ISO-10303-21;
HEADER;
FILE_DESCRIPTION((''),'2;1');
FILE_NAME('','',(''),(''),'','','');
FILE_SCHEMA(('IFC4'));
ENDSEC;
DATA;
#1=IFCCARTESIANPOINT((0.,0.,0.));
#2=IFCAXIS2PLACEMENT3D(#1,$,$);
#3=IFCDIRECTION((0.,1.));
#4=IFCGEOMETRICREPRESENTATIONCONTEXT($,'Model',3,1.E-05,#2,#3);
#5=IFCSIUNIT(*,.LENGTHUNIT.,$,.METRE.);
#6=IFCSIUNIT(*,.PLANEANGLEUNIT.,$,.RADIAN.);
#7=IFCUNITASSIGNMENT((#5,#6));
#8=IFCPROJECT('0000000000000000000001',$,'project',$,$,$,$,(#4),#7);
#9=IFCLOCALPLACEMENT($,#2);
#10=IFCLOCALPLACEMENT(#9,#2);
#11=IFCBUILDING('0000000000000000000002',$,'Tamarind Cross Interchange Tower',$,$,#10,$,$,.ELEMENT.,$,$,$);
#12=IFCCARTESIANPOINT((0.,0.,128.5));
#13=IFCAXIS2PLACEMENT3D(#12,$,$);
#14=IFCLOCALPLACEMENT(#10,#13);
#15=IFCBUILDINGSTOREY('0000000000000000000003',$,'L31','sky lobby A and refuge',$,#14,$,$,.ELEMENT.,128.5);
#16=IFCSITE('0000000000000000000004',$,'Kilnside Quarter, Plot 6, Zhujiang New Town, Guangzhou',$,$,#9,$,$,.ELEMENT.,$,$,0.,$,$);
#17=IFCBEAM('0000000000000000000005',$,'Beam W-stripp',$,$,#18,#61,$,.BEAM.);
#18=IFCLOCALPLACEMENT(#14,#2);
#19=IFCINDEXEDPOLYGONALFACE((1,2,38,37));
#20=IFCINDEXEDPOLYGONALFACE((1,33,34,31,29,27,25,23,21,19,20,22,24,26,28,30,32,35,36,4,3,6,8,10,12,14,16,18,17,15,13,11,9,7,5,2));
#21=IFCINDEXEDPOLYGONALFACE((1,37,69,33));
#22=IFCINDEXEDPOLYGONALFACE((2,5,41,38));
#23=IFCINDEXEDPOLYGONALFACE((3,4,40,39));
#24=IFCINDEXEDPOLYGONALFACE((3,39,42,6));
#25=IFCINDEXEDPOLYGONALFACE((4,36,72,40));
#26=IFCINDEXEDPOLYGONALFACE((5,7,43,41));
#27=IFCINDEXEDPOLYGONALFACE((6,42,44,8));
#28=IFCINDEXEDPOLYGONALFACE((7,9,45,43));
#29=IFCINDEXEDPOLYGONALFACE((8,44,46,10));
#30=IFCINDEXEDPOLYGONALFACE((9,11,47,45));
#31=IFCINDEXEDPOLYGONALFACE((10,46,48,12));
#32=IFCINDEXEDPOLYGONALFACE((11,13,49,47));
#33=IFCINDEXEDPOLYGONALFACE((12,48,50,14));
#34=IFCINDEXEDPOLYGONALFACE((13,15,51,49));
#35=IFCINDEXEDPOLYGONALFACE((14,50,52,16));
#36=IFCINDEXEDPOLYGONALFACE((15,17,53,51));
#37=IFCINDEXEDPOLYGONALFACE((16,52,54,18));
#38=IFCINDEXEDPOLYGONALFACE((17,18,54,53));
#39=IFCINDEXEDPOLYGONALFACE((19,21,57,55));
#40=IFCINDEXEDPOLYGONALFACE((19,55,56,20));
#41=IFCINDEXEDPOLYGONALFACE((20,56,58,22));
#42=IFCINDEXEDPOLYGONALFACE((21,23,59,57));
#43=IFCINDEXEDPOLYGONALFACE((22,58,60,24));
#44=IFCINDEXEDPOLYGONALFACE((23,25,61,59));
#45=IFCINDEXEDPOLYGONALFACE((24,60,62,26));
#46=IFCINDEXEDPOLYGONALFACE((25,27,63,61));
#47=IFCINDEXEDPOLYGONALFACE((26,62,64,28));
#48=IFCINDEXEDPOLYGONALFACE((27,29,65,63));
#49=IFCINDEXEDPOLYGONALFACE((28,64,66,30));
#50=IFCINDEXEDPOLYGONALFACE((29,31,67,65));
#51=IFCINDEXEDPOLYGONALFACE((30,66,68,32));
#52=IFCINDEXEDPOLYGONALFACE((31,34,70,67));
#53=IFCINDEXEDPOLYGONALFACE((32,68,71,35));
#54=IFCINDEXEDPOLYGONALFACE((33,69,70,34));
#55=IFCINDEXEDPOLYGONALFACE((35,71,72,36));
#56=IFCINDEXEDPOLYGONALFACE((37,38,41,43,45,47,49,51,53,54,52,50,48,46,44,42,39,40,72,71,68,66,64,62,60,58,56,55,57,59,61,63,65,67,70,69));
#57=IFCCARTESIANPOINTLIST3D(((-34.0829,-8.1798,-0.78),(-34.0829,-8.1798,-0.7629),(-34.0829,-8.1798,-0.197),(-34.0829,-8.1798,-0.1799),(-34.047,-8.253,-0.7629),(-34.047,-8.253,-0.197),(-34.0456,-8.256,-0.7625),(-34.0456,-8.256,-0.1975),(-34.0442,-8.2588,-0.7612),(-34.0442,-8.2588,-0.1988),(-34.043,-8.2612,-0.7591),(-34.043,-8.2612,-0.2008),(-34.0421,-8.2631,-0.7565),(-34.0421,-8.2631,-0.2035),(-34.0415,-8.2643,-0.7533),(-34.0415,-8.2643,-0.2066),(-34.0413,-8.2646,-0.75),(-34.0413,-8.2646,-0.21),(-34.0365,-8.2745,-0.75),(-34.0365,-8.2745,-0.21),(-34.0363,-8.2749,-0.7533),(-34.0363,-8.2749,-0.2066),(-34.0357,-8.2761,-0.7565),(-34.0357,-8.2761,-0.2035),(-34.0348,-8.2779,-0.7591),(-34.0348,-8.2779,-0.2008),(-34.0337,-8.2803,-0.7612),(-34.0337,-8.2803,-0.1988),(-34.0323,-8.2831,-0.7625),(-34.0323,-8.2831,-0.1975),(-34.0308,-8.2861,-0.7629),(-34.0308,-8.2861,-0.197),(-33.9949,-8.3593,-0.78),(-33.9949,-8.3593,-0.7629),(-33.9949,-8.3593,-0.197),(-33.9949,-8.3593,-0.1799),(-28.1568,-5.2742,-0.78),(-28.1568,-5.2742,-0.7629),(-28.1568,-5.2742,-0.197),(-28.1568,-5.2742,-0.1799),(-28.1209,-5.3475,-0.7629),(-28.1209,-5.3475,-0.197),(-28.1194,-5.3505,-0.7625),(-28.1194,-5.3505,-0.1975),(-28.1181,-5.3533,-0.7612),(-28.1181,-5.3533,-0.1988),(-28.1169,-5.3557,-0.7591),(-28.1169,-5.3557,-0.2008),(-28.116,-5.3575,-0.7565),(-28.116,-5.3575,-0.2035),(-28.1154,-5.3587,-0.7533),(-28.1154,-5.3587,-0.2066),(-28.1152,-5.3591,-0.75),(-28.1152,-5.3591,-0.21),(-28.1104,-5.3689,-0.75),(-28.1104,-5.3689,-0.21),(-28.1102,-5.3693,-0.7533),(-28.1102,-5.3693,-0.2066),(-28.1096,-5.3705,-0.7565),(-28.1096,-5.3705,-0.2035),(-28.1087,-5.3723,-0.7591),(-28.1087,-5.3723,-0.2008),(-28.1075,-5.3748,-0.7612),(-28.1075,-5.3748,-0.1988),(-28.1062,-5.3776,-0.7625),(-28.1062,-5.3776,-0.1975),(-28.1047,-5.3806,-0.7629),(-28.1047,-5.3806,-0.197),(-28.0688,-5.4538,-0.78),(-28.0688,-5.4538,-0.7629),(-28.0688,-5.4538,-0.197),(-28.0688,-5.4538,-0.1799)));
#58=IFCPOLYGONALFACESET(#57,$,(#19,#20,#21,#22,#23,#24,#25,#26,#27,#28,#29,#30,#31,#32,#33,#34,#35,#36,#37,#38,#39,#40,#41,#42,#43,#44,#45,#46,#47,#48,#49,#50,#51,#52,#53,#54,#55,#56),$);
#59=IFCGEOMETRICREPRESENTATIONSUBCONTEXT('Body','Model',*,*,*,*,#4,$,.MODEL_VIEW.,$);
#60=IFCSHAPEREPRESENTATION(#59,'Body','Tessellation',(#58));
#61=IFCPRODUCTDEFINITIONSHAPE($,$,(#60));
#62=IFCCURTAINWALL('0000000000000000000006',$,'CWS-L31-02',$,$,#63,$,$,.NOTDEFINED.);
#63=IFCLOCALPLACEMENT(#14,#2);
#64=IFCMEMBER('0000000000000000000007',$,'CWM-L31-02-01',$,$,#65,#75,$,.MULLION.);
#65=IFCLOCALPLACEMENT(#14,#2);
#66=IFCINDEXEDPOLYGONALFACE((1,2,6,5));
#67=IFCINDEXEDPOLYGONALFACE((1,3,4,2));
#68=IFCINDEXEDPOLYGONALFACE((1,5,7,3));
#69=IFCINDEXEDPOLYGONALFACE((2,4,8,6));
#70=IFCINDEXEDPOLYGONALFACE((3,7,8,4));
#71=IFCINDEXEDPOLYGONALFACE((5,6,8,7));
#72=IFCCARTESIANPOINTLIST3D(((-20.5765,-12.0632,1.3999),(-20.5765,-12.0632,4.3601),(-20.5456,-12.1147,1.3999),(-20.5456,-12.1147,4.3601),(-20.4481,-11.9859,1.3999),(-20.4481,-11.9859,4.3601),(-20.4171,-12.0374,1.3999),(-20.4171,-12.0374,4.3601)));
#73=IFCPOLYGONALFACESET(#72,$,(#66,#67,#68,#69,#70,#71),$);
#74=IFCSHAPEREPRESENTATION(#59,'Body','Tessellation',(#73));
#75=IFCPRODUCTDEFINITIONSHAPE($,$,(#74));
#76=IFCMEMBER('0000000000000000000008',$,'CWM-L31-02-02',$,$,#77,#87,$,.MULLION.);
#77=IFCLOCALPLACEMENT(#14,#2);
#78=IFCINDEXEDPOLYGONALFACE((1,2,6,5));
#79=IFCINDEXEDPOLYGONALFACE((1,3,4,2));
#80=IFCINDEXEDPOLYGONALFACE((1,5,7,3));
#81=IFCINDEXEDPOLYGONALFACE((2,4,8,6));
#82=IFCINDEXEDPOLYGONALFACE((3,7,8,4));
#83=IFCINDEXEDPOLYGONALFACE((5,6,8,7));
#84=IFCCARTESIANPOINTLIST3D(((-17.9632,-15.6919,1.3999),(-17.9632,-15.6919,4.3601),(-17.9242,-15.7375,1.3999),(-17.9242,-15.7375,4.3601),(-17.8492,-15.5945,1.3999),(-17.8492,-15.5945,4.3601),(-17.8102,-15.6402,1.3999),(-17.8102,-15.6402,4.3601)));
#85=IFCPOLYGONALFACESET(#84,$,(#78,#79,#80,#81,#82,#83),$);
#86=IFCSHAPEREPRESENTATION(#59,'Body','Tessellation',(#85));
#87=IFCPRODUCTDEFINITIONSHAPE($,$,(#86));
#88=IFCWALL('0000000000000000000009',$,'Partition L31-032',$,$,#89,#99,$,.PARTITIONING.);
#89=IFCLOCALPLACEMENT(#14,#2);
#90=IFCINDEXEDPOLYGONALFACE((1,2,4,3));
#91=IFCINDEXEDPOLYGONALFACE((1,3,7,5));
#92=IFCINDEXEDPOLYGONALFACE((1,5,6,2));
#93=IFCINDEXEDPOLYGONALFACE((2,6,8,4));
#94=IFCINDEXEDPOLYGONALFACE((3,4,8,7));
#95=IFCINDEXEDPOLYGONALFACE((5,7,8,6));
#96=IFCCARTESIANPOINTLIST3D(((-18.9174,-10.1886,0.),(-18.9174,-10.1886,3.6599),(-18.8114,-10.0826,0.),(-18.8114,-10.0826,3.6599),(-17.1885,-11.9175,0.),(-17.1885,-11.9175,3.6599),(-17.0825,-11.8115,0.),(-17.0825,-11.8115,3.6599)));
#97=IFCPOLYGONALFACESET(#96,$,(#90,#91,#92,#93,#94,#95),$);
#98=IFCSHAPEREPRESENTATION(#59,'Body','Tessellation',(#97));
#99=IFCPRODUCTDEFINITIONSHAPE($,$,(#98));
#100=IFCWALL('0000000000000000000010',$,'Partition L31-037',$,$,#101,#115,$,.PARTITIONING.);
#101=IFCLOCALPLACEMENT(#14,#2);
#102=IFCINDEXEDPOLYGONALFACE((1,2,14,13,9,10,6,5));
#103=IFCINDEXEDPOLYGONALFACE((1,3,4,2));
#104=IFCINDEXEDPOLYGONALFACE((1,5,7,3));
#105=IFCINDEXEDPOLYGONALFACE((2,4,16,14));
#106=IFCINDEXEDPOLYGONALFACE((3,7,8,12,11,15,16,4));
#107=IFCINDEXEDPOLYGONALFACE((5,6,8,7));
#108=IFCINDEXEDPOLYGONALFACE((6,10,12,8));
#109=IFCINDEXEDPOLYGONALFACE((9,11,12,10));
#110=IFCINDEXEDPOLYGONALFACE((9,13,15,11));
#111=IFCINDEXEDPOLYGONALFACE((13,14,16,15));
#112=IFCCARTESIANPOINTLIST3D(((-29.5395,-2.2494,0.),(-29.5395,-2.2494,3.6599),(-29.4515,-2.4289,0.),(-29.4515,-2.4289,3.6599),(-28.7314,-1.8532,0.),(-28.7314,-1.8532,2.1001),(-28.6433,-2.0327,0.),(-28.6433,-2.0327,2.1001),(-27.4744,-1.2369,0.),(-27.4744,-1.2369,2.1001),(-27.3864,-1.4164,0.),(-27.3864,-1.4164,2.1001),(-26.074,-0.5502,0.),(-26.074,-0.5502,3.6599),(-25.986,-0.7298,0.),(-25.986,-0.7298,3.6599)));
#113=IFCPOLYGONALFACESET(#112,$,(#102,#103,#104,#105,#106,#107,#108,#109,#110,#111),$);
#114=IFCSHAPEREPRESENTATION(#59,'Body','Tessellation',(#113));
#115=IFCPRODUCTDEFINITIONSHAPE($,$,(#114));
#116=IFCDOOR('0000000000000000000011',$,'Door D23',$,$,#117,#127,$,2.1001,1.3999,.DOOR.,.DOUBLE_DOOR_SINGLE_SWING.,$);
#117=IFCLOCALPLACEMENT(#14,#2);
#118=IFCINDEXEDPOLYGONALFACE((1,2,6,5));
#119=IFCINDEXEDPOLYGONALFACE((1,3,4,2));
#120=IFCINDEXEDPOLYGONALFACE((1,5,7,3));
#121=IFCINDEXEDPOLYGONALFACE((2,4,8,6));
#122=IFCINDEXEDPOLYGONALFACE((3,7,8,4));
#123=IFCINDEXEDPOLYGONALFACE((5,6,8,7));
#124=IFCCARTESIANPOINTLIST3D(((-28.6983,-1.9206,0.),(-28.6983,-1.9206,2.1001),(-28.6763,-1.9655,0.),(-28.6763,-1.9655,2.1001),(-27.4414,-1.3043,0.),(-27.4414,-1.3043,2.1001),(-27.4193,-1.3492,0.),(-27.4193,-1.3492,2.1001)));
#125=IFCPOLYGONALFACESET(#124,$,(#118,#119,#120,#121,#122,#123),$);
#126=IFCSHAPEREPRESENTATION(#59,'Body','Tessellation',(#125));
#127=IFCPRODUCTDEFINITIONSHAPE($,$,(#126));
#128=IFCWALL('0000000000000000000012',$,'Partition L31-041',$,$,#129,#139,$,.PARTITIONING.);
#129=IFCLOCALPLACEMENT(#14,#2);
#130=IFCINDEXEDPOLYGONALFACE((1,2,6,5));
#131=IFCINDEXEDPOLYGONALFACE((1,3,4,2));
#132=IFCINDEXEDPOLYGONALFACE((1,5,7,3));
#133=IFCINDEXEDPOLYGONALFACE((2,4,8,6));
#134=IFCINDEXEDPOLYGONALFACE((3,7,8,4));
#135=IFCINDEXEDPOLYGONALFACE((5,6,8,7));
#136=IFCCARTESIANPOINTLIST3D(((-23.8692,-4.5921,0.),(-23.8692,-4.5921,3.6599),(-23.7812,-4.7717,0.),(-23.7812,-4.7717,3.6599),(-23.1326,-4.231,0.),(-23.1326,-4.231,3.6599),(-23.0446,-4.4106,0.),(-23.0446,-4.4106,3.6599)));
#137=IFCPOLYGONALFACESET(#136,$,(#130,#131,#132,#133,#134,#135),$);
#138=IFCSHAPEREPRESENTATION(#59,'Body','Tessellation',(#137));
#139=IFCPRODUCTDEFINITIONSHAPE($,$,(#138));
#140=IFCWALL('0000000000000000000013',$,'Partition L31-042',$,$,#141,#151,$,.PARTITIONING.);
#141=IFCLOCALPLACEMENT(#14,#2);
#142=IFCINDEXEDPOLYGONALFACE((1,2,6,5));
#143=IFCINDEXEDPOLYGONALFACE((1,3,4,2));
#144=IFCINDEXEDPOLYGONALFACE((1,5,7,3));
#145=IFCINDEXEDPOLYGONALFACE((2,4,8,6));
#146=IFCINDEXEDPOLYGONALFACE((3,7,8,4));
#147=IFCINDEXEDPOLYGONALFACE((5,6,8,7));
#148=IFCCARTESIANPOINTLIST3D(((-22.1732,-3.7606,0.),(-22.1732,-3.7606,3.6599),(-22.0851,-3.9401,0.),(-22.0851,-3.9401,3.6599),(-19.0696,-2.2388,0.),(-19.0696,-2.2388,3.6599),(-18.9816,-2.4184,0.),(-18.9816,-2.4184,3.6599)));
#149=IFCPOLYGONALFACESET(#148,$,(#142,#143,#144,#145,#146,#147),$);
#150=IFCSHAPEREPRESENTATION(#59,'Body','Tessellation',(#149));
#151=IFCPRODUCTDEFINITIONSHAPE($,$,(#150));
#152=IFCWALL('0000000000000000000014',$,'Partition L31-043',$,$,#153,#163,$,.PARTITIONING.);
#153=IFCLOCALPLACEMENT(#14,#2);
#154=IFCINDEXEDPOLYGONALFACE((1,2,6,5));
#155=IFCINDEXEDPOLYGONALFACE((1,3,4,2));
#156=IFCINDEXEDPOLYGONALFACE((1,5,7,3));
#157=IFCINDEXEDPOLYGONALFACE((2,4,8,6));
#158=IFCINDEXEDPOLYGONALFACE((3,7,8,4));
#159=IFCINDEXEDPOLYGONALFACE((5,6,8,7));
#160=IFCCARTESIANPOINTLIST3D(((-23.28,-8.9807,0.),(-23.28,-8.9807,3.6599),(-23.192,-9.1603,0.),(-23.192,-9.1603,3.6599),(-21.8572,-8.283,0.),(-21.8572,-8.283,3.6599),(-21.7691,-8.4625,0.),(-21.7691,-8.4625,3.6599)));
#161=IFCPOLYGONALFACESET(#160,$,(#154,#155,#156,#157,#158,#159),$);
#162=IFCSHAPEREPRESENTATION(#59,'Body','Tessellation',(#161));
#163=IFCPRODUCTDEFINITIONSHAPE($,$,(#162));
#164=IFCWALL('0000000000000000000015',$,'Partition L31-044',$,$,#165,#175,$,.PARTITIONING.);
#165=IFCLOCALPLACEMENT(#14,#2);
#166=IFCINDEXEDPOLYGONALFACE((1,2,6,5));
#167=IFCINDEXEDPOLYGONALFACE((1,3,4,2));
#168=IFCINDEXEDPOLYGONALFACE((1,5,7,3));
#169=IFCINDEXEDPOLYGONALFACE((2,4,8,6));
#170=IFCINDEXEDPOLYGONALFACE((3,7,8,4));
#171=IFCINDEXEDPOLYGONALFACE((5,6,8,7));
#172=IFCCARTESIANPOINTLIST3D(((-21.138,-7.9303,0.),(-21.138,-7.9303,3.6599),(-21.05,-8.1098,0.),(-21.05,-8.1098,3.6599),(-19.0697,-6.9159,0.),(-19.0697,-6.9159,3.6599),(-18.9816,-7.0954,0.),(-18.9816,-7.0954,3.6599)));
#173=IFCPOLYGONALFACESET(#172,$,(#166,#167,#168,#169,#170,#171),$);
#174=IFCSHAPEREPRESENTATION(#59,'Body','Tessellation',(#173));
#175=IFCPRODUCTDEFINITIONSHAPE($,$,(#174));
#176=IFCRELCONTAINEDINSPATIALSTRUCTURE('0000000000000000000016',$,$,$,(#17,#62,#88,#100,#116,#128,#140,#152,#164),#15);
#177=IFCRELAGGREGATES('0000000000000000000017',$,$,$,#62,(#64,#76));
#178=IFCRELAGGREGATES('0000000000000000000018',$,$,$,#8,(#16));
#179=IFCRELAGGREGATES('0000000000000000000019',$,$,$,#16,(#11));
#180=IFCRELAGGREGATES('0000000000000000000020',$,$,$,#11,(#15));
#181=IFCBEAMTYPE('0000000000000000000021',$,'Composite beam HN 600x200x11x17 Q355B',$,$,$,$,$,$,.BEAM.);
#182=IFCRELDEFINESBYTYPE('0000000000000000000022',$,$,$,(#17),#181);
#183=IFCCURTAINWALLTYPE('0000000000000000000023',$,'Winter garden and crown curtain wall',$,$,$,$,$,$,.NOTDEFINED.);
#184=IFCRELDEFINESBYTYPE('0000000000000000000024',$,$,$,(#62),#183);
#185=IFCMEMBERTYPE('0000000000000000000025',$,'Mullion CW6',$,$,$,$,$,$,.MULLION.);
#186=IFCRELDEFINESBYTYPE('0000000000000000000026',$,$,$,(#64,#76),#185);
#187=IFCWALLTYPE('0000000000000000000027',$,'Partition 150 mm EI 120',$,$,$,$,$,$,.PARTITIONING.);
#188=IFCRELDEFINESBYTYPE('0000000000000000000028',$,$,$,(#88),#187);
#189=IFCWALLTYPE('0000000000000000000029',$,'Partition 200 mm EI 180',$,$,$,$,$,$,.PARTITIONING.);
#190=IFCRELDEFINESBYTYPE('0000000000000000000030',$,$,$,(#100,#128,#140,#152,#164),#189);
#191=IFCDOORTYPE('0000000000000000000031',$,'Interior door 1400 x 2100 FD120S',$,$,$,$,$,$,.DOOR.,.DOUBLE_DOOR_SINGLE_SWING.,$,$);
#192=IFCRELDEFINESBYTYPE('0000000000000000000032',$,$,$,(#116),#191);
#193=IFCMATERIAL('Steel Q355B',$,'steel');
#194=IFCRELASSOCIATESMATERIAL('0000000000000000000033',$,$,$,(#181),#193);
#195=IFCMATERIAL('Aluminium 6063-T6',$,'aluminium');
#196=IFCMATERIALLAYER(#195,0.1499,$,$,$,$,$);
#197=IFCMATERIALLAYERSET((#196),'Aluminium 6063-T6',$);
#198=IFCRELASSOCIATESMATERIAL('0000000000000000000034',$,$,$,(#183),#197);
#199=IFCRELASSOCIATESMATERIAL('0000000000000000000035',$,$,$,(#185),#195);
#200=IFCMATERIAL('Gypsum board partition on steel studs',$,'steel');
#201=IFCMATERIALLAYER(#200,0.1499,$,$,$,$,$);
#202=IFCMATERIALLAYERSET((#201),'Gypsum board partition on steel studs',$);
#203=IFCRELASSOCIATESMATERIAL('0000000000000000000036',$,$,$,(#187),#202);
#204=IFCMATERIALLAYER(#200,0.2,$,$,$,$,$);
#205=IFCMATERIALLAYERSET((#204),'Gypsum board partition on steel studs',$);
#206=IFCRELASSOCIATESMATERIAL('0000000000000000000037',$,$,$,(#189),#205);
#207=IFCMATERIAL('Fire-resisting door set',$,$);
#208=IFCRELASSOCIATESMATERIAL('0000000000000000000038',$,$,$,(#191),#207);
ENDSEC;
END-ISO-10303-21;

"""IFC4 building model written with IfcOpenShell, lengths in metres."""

from ifc_helpers import new_model, si_unit, direction, frame, frame_2d, origin, origin_2d, place, context, subcontext, project, spatial, rectangle, i_section, extrude, material, layer, layer_set, material_profile, profile_set, type_object, element, fill, aggregate, save


model = new_model("IFC4")

# Units and contexts
model_context = context("Model", 3, precision=1e-05, world=origin(), true_north=direction((0.0, 1.0)))
body_context = subcontext(model_context, "Body", "Model", "MODEL_VIEW")
ifc_project = project(units=[si_unit("LENGTHUNIT", "METRE"), si_unit("PLANEANGLEUNIT", "RADIAN")], contexts=[model_context])

# Site, building, storey
site_placement = place(None, origin())
site = spatial("IfcSite", under=ifc_project, at=site_placement, Name="Kilnside Quarter, Plot 6, Zhujiang New Town, Guangzhou", CompositionType="ELEMENT", RefElevation=0.0)
building_placement = place(site_placement, origin())
building = spatial("IfcBuilding", under=site, at=building_placement, Name="Tamarind Cross Interchange Tower", CompositionType="ELEMENT")
storey_placement = place(building_placement, frame((0.0, 0.0, 128.5)))
storey = spatial("IfcBuildingStorey", under=building, at=storey_placement, Name="L31", Description="sky lobby A and refuge", CompositionType="ELEMENT", Elevation=128.5)

# Beam
ifc_material_1 = material(Name="Steel Q355B", Category="steel")
ifc_material_profile_1 = material_profile(ifc_material_1, i_section(OverallWidth=0.2, OverallDepth=0.6001, WebThickness=0.011, FlangeThickness=0.0171, FilletRadius=0.0129, at=origin_2d()), Name="HN 600x200x11x17")
ifc_profile_set_1 = profile_set([ifc_material_profile_1], Name="Steel Q355B")
beam_type_1 = type_object("IfcBeamType", Name="Composite beam HN 600x200x11x17 Q355B", PredefinedType="BEAM", material=ifc_profile_set_1)
for number, where, z_axis, x_axis, name in (
    (1, (-28.1128, -5.364, -0.48), (-0.897885, -0.440231, 0.0), (0.440231, -0.897885, 0.0), "Beam W-stripp"),
):
    element("IfcBeam", number, at=place(storey_placement, frame(where, z_axis=z_axis, x_axis=x_axis)), inside=storey, type_object=beam_type_1, Name=name, PredefinedType="BEAM", context=body_context, shape_type="SweptSolid", body=[
        extrude(i_section(OverallWidth=0.2, OverallDepth=0.6001, WebThickness=0.011, FlangeThickness=0.0171, FilletRadius=0.0129, at=origin_2d()), origin(), (0.0, 0.0, 1.0), 6.6001),
    ])

# Curtain wall, members
ifc_material_2 = material(Name="Aluminium 6063-T6", Category="aluminium")
ifc_layer_1 = layer(ifc_material_2, 0.1499)
ifc_layer_set_1 = layer_set([ifc_layer_1], Name="Aluminium 6063-T6")
curtain_wall_type = type_object("IfcCurtainWallType", Name="Winter garden and crown curtain wall", PredefinedType="NOTDEFINED", material=ifc_layer_set_1)
curtain_wall_placement = place(storey_placement, origin())
curtain_wall = element("IfcCurtainWall", 2, at=curtain_wall_placement, inside=storey, type_object=curtain_wall_type, Name="CWS-L31-02", PredefinedType="NOTDEFINED")
ifc_material_profile_2 = material_profile(ifc_material_2, rectangle(XDim=0.0601, YDim=0.1499, at=origin_2d()), Name="Mullion CW6")
ifc_profile_set_2 = profile_set([ifc_material_profile_2], Name="Aluminium 6063-T6")
member_type = type_object("IfcMemberType", Name="Mullion CW6", PredefinedType="MULLION", material=ifc_profile_set_2)
member_1_placement = place(storey_placement, frame((-20.4968, -12.0503, 1.3999), z_axis=(0.0, 0.0, 1.0), x_axis=(0.515577, -0.856843, 0.0)))
member_1 = element("IfcMember", 3, at=member_1_placement, type_object=member_type, Name="CWM-L31-02-01", PredefinedType="MULLION", context=body_context, shape_type="SweptSolid", body=[
    extrude(rectangle(XDim=0.0601, YDim=0.1499, at=origin_2d()), origin(), (0.0, 0.0, 1.0), 2.9602),
])
member_2_placement = place(storey_placement, frame((-17.8867, -15.666, 1.3999), z_axis=(0.0, 0.0, 1.0), x_axis=(0.649577, -0.760296, 0.0)))
member_2 = element("IfcMember", 4, at=member_2_placement, type_object=member_type, Name="CWM-L31-02-02", PredefinedType="MULLION", context=body_context, shape_type="SweptSolid", body=[
    extrude(rectangle(XDim=0.0601, YDim=0.1499, at=origin_2d()), origin(), (0.0, 0.0, 1.0), 2.9602),
])
aggregate(curtain_wall, [member_1, member_2])

# Wall
ifc_material_3 = material(Name="Gypsum board partition on steel studs", Category="steel")
ifc_layer_2 = layer(ifc_material_3, 0.1499)
ifc_layer_set_2 = layer_set([ifc_layer_2], Name="Gypsum board partition on steel studs")
wall_type_1 = type_object("IfcWallType", Name="Partition 150 mm EI 120", PredefinedType="PARTITIONING", material=ifc_layer_set_2)
wall_1_placement = place(storey_placement, frame((-18.8645, -10.1355, 0.0), z_axis=(0.0, 0.0, 1.0), x_axis=(0.707107, -0.707107, 0.0)))
element("IfcWall", 5, at=wall_1_placement, inside=storey, type_object=wall_type_1, Name="Partition L31-032", PredefinedType="PARTITIONING", context=body_context, shape_type="SweptSolid", body=[
    extrude(rectangle(XDim=2.4451, YDim=0.1499, at=frame_2d((1.2227, 0.0))), origin(), (0.0, 0.0, 1.0), 3.6599),
])

# Wall, opening, door
ifc_layer_3 = layer(ifc_material_3, 0.2)
ifc_layer_set_3 = layer_set([ifc_layer_3], Name="Gypsum board partition on steel studs")
wall_type_2 = type_object("IfcWallType", Name="Partition 200 mm EI 180", PredefinedType="PARTITIONING", material=ifc_layer_set_3)
wall_2_placement = place(storey_placement, frame((-29.4954, -2.3391, 0.0), z_axis=(0.0, 0.0, 1.0), x_axis=(0.897879, 0.440242, 0.0)))
wall_2 = element("IfcWall", 6, at=wall_2_placement, inside=storey, type_object=wall_type_2, Name="Partition L31-037", PredefinedType="PARTITIONING", context=body_context, shape_type="SweptSolid", body=[
    extrude(rectangle(XDim=3.8596, YDim=0.2, at=frame_2d((1.9297, 0.0))), origin(), (0.0, 0.0, 1.0), 3.6599),
])
opening_1_placement = place(wall_2_placement, frame((0.8999, 0.0, 0.0)))
opening_1 = element("IfcOpeningElement", 7, at=opening_1_placement, cuts=wall_2, PredefinedType="OPENING", context=body_context, shape_type="SweptSolid", body=[
    extrude(rectangle(XDim=1.3999, YDim=2.1001, at=frame_2d((0.7, 1.05))), frame((0.0, 0.1099, 0.0), z_axis=(0.0, -1.0, 0.0), x_axis=(1.0, 0.0, 0.0)), (0.0, 0.0, 1.0), 0.22),
])
ifc_material_4 = material(Name="Fire-resisting door set")
door_type_1 = type_object("IfcDoorType", Name="Interior door 1400 x 2100 FD120S", OperationType="DOUBLE_DOOR_SINGLE_SWING", PredefinedType="DOOR", material=ifc_material_4)
door_1_placement = place(opening_1_placement, origin())
door_1 = element("IfcDoor", 8, at=door_1_placement, inside=storey, type_object=door_type_1, Name="Door D23", OperationType="DOUBLE_DOOR_SINGLE_SWING", OverallHeight=2.1001, OverallWidth=1.3999, PredefinedType="DOOR", context=body_context, shape_type="SweptSolid", body=[
    extrude(rectangle(XDim=1.3999, YDim=2.1001, at=frame_2d((0.7, 1.05))), frame((0.0, 0.0249, 0.0), z_axis=(0.0, -1.0, 0.0), x_axis=(1.0, 0.0, 0.0)), (0.0, 0.0, 1.0), 0.05),
])
fill(opening_1, door_1)

# Walls
wall_3_placement = place(storey_placement, frame((-23.8252, -4.6819, 0.0), z_axis=(0.0, 0.0, 1.0), x_axis=(0.897911, 0.440176, 0.0)))
element("IfcWall", 9, at=wall_3_placement, inside=storey, type_object=wall_type_2, Name="Partition L31-041", PredefinedType="PARTITIONING", context=body_context, shape_type="SweptSolid", body=[
    extrude(rectangle(XDim=0.8203, YDim=0.2, at=frame_2d((0.4102, 0.0))), origin(), (0.0, 0.0, 1.0), 3.6599),
])
wall_4_placement = place(storey_placement, frame((-22.1292, -3.8503, 0.0), z_axis=(0.0, 0.0, 1.0), x_axis=(0.897875, 0.44025, 0.0)))
element("IfcWall", 10, at=wall_4_placement, inside=storey, type_object=wall_type_2, Name="Partition L31-042", PredefinedType="PARTITIONING", context=body_context, shape_type="SweptSolid", body=[
    extrude(rectangle(XDim=3.4565, YDim=0.2, at=frame_2d((1.7283, 0.0))), origin(), (0.0, 0.0, 1.0), 3.6599),
])
wall_5_placement = place(storey_placement, frame((-23.2361, -9.0706, 0.0), z_axis=(0.0, 0.0, 1.0), x_axis=(0.897851, 0.440298, 0.0)))
element("IfcWall", 11, at=wall_5_placement, inside=storey, type_object=wall_type_2, Name="Partition L31-043", PredefinedType="PARTITIONING", context=body_context, shape_type="SweptSolid", body=[
    extrude(rectangle(XDim=1.5847, YDim=0.2, at=frame_2d((0.7925, 0.0))), origin(), (0.0, 0.0, 1.0), 3.6599),
])
wall_6_placement = place(storey_placement, frame((-21.094, -8.02, 0.0), z_axis=(0.0, 0.0, 1.0), x_axis=(0.897834, 0.440333, 0.0)))
element("IfcWall", 12, at=wall_6_placement, inside=storey, type_object=wall_type_2, Name="Partition L31-044", PredefinedType="PARTITIONING", context=body_context, shape_type="SweptSolid", body=[
    extrude(rectangle(XDim=2.3037, YDim=0.2, at=frame_2d((1.1519, 0.0))), origin(), (0.0, 0.0, 1.0), 3.6599),
])

save(model, "model.ifc")
